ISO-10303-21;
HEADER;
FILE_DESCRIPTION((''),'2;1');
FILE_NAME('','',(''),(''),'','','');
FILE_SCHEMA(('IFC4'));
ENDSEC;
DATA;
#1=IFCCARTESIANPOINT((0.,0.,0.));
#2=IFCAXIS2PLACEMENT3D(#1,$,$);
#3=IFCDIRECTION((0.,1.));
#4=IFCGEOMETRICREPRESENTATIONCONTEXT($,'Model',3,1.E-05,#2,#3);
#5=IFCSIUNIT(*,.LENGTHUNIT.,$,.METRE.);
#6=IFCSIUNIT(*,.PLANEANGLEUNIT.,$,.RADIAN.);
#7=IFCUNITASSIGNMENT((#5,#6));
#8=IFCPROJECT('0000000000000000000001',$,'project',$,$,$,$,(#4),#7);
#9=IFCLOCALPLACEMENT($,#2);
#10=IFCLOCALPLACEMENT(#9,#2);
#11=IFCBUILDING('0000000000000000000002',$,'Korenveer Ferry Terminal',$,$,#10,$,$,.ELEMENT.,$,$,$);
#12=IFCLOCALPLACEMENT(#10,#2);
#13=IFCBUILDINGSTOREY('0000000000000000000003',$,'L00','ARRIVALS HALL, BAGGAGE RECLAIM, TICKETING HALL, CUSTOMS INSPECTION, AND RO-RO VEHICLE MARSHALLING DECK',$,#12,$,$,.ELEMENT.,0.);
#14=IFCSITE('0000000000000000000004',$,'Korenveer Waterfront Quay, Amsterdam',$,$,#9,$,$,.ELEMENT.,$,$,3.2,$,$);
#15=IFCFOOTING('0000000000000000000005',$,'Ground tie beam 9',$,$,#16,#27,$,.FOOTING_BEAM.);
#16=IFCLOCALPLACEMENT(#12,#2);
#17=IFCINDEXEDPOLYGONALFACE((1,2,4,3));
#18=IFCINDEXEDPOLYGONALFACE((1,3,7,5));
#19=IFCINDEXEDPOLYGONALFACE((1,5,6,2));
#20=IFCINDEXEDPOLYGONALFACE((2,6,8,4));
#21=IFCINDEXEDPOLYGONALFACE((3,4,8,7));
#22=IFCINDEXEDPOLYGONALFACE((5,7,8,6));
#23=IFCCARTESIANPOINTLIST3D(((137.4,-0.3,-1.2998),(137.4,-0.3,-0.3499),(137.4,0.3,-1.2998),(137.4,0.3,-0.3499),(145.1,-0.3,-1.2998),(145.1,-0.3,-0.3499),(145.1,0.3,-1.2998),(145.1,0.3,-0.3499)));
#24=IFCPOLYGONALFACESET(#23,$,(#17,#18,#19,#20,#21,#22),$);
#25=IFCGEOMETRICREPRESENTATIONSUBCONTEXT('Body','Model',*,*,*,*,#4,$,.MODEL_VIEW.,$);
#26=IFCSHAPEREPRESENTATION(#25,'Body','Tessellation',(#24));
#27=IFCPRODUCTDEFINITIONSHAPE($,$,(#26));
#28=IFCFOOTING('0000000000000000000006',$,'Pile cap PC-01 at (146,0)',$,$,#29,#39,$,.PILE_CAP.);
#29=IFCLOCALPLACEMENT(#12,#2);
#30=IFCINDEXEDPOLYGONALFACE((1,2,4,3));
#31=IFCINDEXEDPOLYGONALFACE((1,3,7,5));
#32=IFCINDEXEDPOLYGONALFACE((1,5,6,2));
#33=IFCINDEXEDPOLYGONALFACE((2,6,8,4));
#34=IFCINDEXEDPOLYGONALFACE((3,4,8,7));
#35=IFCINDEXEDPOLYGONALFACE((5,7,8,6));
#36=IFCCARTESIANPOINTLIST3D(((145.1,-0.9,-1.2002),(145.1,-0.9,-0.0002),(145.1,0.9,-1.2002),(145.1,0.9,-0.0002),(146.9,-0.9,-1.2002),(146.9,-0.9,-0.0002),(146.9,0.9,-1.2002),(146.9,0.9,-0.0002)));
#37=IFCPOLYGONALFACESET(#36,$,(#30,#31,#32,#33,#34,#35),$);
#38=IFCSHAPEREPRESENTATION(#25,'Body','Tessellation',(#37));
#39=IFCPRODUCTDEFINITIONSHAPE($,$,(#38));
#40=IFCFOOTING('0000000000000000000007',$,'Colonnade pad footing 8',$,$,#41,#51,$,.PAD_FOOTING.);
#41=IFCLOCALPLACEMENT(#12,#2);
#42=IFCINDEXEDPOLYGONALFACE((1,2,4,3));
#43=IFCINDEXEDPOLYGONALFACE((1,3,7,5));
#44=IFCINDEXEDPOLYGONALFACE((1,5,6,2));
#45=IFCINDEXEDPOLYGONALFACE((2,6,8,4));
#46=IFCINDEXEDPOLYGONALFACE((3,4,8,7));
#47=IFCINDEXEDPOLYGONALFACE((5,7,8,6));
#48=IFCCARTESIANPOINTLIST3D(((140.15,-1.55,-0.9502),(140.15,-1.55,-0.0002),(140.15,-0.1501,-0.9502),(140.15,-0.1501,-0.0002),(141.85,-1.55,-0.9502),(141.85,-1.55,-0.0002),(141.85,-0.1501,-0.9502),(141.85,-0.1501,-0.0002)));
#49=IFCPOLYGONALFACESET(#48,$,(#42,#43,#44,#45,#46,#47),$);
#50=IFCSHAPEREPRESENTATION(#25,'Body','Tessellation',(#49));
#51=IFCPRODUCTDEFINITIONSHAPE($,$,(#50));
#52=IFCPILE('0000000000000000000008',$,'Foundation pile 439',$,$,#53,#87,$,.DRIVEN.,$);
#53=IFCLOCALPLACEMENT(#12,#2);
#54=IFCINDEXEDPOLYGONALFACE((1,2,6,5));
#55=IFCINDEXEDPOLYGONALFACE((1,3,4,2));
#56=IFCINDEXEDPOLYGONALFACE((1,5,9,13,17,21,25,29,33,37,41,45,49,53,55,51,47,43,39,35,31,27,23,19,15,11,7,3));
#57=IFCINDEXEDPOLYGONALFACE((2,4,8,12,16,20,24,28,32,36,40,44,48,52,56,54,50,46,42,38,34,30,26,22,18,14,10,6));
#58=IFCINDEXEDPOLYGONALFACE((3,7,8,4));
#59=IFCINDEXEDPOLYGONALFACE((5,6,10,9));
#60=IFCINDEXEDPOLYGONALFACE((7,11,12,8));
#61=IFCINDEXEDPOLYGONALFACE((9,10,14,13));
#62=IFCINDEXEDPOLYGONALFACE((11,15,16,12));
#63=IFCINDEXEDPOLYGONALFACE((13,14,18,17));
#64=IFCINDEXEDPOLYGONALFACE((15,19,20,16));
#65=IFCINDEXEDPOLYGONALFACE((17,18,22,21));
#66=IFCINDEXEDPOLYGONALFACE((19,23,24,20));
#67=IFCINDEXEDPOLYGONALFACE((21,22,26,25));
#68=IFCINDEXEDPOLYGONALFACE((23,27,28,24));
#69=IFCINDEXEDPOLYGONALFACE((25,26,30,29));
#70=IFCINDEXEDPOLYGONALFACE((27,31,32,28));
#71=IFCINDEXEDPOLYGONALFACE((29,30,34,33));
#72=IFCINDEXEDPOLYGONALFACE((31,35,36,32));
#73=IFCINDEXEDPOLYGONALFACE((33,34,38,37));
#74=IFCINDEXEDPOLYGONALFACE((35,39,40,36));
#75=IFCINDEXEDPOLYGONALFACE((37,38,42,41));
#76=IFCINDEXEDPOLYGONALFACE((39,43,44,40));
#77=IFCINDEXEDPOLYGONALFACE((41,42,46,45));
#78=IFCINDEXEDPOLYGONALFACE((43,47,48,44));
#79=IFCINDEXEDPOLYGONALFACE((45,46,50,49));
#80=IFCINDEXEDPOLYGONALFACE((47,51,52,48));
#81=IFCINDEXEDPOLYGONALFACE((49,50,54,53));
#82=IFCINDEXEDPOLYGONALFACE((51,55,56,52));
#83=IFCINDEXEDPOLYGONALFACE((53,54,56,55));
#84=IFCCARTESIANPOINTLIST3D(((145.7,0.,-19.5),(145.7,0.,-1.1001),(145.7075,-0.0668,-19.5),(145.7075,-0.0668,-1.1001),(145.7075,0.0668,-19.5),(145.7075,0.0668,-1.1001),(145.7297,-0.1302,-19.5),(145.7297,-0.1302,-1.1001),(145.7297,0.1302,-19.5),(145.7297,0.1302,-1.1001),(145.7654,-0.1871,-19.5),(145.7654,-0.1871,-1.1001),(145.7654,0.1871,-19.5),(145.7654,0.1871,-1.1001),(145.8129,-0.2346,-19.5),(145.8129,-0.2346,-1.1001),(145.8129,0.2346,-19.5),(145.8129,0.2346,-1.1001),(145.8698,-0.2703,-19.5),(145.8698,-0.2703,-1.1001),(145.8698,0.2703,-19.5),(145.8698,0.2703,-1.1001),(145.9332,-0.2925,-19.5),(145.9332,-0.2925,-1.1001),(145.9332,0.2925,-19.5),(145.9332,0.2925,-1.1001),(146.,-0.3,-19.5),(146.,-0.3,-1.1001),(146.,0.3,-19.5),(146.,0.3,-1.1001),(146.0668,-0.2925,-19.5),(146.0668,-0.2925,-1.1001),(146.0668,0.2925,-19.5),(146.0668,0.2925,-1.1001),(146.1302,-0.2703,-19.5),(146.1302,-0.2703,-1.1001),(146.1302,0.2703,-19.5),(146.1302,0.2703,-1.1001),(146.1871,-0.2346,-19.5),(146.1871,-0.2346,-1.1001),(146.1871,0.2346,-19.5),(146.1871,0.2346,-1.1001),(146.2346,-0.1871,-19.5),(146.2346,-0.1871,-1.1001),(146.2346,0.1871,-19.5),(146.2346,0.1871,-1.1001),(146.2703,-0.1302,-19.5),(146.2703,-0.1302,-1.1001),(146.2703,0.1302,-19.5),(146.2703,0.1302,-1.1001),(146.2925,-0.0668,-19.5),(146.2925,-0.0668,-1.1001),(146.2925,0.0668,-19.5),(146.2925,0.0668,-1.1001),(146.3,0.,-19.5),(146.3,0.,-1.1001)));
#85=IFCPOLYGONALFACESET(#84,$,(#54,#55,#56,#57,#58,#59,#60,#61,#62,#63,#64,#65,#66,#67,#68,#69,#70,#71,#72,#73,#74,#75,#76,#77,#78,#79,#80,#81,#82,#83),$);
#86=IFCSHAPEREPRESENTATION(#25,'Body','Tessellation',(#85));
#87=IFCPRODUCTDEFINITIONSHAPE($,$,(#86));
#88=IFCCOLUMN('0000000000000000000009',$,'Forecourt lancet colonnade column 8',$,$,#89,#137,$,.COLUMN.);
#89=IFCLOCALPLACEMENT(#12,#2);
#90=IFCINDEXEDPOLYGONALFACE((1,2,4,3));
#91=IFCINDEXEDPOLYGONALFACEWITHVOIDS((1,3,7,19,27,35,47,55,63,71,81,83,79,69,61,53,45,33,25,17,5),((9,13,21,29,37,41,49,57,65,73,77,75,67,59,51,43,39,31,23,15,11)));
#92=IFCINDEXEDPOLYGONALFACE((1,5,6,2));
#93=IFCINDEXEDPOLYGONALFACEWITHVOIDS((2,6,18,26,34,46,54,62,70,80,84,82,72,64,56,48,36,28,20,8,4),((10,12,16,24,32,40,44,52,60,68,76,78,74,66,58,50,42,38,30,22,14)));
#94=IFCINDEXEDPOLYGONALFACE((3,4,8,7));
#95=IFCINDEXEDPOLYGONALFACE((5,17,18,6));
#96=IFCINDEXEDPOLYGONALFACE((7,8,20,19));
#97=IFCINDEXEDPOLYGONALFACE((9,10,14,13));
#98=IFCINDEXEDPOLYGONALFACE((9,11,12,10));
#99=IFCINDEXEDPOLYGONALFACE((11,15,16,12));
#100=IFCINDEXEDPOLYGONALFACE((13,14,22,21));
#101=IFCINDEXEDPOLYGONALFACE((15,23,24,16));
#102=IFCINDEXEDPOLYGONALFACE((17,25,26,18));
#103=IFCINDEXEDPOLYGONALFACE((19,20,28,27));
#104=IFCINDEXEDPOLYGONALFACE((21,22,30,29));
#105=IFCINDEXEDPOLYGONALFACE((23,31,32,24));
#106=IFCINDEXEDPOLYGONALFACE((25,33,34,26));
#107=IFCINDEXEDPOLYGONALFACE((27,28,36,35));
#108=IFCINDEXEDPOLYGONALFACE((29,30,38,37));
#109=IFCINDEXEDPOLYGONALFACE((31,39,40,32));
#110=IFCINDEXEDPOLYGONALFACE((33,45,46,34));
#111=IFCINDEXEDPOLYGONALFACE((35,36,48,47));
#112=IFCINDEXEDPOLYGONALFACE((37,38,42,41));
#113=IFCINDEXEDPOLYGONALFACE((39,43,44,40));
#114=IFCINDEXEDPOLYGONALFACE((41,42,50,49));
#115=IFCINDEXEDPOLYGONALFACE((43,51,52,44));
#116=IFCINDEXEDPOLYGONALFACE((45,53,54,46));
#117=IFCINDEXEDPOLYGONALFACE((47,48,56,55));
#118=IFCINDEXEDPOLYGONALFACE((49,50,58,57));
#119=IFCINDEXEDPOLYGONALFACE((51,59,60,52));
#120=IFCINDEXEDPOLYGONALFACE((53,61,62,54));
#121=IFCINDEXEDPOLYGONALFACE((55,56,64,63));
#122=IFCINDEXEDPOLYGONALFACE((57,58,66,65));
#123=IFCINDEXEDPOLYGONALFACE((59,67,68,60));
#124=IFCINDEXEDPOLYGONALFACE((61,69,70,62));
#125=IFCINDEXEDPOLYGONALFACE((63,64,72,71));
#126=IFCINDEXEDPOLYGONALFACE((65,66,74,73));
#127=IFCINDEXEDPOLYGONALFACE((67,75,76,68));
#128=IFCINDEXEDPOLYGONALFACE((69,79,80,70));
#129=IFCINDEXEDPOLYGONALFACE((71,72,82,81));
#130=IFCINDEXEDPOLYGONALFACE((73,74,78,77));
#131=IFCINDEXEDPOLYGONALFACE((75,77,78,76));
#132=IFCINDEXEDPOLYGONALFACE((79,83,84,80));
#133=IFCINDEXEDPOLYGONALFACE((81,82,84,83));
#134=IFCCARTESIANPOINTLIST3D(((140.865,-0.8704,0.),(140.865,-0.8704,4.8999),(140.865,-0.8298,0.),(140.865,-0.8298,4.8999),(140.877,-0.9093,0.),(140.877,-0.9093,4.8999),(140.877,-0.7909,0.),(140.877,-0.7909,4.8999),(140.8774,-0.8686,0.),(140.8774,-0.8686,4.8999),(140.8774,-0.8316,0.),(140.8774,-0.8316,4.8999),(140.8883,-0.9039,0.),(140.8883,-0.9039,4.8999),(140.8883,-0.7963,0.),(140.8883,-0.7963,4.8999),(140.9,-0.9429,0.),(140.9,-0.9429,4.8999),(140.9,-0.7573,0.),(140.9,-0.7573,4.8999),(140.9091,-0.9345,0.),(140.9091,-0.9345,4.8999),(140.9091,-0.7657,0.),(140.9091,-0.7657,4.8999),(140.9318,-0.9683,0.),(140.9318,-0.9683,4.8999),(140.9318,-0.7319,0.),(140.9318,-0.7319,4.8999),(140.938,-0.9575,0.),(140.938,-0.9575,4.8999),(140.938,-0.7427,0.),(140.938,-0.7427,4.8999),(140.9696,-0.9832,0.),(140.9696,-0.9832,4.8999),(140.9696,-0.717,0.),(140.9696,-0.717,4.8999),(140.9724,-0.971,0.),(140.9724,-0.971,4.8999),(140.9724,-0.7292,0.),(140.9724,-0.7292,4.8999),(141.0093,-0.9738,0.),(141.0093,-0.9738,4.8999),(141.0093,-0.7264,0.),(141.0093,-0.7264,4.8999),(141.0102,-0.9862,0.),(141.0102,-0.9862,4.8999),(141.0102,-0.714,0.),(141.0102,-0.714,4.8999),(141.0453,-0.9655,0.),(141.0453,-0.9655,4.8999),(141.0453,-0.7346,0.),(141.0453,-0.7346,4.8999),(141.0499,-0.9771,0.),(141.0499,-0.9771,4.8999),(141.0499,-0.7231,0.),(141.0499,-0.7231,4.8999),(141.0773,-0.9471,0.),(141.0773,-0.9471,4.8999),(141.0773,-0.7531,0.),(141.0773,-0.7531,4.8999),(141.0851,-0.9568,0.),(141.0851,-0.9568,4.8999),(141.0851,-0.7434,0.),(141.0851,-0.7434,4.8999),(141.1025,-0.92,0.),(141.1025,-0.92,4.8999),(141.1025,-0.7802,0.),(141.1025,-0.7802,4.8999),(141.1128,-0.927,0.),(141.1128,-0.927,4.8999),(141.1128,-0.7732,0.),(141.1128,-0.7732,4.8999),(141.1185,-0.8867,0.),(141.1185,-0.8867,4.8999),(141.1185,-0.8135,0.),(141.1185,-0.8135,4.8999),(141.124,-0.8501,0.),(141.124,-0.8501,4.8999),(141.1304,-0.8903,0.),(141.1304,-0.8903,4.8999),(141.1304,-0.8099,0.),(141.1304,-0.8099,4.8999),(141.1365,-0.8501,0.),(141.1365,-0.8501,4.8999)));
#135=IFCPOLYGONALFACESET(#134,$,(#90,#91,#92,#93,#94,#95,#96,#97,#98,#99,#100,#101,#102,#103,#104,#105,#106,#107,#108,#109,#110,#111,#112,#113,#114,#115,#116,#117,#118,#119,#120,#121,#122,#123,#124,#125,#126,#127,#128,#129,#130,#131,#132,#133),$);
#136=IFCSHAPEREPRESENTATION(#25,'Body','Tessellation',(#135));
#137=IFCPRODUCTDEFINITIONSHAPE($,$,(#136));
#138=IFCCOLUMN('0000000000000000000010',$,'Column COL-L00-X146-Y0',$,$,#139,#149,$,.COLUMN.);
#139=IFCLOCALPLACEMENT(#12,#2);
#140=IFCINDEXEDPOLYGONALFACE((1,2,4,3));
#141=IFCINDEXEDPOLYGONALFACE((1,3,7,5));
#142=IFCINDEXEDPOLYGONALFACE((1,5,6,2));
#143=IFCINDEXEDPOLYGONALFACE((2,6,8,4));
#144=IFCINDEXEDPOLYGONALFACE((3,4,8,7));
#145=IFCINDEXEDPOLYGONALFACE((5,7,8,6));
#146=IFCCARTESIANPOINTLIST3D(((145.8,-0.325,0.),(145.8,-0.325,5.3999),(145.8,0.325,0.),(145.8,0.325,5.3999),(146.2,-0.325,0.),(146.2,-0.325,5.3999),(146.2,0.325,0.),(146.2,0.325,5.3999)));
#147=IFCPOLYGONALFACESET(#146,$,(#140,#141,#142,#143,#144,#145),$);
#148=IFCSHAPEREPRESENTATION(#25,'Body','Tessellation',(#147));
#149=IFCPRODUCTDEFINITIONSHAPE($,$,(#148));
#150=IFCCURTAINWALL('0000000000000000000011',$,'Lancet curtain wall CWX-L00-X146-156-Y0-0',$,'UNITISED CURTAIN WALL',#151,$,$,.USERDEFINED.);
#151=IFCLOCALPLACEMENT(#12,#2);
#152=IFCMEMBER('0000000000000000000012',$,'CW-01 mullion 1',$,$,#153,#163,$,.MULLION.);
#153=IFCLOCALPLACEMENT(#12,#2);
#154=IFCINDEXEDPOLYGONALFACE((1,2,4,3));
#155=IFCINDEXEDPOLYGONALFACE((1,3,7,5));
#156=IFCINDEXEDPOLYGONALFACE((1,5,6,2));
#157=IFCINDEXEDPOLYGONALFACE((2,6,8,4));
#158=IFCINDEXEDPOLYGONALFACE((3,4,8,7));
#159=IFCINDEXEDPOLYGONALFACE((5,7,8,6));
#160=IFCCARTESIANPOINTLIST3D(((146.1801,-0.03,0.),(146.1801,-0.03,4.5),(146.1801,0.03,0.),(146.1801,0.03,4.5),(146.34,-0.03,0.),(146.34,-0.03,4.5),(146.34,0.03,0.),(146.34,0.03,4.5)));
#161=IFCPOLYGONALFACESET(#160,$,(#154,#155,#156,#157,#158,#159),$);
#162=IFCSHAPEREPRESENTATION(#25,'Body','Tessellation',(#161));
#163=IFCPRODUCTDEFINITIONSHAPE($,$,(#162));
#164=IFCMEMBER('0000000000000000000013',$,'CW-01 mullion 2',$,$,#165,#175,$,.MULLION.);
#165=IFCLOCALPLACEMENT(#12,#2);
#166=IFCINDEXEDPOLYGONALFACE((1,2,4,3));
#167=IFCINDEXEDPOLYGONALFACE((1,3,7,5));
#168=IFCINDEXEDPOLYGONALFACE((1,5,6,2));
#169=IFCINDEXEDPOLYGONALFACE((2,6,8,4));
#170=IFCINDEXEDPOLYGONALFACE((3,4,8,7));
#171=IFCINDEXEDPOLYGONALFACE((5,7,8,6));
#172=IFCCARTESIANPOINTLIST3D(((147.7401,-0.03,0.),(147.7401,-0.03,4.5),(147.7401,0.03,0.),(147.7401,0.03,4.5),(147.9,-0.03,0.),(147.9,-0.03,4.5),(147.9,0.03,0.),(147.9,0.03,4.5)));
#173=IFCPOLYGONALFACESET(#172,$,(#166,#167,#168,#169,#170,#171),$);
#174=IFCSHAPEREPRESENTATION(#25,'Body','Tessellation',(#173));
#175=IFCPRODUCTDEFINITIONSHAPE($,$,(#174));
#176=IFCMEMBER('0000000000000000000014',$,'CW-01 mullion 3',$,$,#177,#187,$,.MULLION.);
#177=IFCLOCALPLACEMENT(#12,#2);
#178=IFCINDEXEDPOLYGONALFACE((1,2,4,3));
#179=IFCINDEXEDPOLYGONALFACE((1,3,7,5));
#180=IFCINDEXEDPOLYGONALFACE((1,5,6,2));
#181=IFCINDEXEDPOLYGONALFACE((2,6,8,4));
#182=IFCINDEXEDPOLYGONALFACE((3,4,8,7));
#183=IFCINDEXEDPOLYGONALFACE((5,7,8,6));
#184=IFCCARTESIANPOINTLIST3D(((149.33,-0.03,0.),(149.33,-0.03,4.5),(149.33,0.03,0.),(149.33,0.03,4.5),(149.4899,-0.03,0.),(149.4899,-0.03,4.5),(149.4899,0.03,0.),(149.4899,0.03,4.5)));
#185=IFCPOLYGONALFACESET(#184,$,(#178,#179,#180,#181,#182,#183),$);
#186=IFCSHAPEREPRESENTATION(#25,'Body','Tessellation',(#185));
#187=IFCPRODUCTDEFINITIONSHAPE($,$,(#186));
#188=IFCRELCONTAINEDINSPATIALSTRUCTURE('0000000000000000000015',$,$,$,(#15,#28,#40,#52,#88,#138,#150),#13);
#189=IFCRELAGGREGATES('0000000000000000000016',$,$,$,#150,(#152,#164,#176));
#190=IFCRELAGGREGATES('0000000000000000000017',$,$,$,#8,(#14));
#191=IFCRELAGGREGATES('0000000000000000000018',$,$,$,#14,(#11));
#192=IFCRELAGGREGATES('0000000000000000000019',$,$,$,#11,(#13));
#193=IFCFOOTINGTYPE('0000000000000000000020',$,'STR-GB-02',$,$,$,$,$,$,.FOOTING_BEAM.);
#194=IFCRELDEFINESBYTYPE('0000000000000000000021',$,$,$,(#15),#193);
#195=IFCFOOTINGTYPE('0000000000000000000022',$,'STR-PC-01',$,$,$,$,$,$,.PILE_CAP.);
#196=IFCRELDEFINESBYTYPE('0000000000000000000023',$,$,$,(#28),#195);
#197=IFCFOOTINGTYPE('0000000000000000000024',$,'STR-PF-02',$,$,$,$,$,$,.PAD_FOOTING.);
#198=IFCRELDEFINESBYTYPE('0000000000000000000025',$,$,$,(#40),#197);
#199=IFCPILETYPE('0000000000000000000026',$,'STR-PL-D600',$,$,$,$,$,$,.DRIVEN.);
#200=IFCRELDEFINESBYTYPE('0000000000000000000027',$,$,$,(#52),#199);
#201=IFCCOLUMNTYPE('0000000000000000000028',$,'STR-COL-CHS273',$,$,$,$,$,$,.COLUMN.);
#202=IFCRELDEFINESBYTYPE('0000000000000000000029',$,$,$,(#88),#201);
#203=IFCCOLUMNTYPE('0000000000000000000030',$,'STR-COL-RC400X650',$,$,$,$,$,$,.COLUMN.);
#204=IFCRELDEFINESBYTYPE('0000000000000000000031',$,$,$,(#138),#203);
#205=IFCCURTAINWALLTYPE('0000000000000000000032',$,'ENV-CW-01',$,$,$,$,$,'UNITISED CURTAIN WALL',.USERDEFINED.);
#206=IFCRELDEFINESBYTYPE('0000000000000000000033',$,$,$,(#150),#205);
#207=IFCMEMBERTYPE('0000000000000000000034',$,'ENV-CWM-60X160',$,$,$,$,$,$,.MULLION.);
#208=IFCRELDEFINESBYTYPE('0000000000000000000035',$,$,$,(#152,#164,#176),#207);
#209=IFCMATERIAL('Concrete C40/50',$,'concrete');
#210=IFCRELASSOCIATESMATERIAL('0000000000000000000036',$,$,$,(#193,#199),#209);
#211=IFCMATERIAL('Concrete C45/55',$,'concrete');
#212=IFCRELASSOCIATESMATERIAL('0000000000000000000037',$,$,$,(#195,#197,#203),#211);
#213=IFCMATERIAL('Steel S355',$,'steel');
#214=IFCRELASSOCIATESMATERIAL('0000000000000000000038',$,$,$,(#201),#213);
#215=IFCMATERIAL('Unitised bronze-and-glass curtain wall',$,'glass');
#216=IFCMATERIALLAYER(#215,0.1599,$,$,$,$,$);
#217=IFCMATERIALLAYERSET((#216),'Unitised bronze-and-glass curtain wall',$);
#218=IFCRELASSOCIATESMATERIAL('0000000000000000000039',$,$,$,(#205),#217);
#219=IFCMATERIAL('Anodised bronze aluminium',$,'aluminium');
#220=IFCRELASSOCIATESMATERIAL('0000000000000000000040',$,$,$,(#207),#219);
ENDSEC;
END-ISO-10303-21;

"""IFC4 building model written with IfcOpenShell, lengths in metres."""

from ifc_helpers import new_model, si_unit, direction, frame, origin, origin_2d, place, context, subcontext, project, spatial, rectangle, circle, hollow_circle, extrude, material, layer, layer_set, material_profile, profile_set, type_object, element, aggregate, save


model = new_model("IFC4")

# Units and contexts
model_context = context("Model", 3, precision=1e-05, world=origin(), true_north=direction((0.0, 1.0)))
body_context = subcontext(model_context, "Body", "Model", "MODEL_VIEW")
ifc_project = project(units=[si_unit("LENGTHUNIT", "METRE"), si_unit("PLANEANGLEUNIT", "RADIAN")], contexts=[model_context])

# Site, building, storey
site_placement = place(None, origin())
site = spatial("IfcSite", under=ifc_project, at=site_placement, Name="Korenveer Waterfront Quay, Amsterdam", CompositionType="ELEMENT", RefElevation=3.2)
building_placement = place(site_placement, origin())
building = spatial("IfcBuilding", under=site, at=building_placement, Name="Korenveer Ferry Terminal", CompositionType="ELEMENT")
storey_placement = place(building_placement, origin())
storey = spatial("IfcBuildingStorey", under=building, at=storey_placement, Name="L00", Description="ARRIVALS HALL, BAGGAGE RECLAIM, TICKETING HALL, CUSTOMS INSPECTION, AND RO-RO VEHICLE MARSHALLING DECK", CompositionType="ELEMENT", Elevation=0.0)

# Footings
ifc_material_1 = material(Name="Concrete C40/50", Category="concrete")
footing_type_1 = type_object("IfcFootingType", Name="STR-GB-02", PredefinedType="FOOTING_BEAM", material=ifc_material_1)
footing_1_placement = place(storey_placement, frame((141.25, 0.0, -1.2998), z_axis=(0.0, 0.0, 1.0), x_axis=(1.0, 0.0, 0.0)))
element("IfcFooting", 1, at=footing_1_placement, inside=storey, type_object=footing_type_1, Name="Ground tie beam 9", PredefinedType="FOOTING_BEAM", context=body_context, shape_type="SweptSolid", body=[
    extrude(rectangle(XDim=7.7, YDim=0.6001, at=origin_2d()), origin(), (0.0, 0.0, 1.0), 0.95),
])
ifc_material_2 = material(Name="Concrete C45/55", Category="concrete")
footing_type_2 = type_object("IfcFootingType", Name="STR-PC-01", PredefinedType="PILE_CAP", material=ifc_material_2)
footing_2_placement = place(storey_placement, frame((146.0, 0.0, -1.2002), z_axis=(0.0, 0.0, 1.0), x_axis=(1.0, 0.0, 0.0)))
element("IfcFooting", 2, at=footing_2_placement, inside=storey, type_object=footing_type_2, Name="Pile cap PC-01 at (146,0)", PredefinedType="PILE_CAP", context=body_context, shape_type="SweptSolid", body=[
    extrude(rectangle(XDim=1.8, YDim=1.8, at=origin_2d()), origin(), (0.0, 0.0, 1.0), 1.2),
])
footing_type_3 = type_object("IfcFootingType", Name="STR-PF-02", PredefinedType="PAD_FOOTING", material=ifc_material_2)
footing_3_placement = place(storey_placement, frame((141.0, -0.8501, -0.9502), z_axis=(0.0, 0.0, 1.0), x_axis=(1.0, 0.0, 0.0)))
element("IfcFooting", 3, at=footing_3_placement, inside=storey, type_object=footing_type_3, Name="Colonnade pad footing 8", PredefinedType="PAD_FOOTING", context=body_context, shape_type="SweptSolid", body=[
    extrude(rectangle(XDim=1.7, YDim=1.3999, at=origin_2d()), origin(), (0.0, 0.0, 1.0), 0.95),
])

# Pile
ifc_material_profile_1 = material_profile(ifc_material_1, circle(Radius=0.3, at=origin_2d()), Name="PILE D600")
ifc_profile_set_1 = profile_set([ifc_material_profile_1], Name="Concrete C40/50")
pile_type = type_object("IfcPileType", Name="STR-PL-D600", PredefinedType="DRIVEN", material=ifc_profile_set_1)
pile_placement = place(storey_placement, frame((146.0, 0.0, -1.1001), z_axis=(0.0, 0.0, -1.0), x_axis=(1.0, 0.0, 0.0)))
element("IfcPile", 4, at=pile_placement, inside=storey, type_object=pile_type, Name="Foundation pile 439", PredefinedType="DRIVEN", context=body_context, shape_type="SweptSolid", body=[
    extrude(circle(Radius=0.3, at=origin_2d()), origin(), (0.0, 0.0, 1.0), 18.3999),
])

# Columns
ifc_material_3 = material(Name="Steel S355", Category="steel")
ifc_material_profile_2 = material_profile(ifc_material_3, hollow_circle(Radius=0.1365, WallThickness=0.0125, at=origin_2d()), Name="CHS 273x12.5")
ifc_profile_set_2 = profile_set([ifc_material_profile_2], Name="Steel S355")
column_type_1 = type_object("IfcColumnType", Name="STR-COL-CHS273", PredefinedType="COLUMN", material=ifc_profile_set_2)
column_1_placement = place(storey_placement, frame((141.0, -0.8501, 0.0), z_axis=(0.0, 0.0, 1.0), x_axis=(1.0, 0.0, 0.0)))
element("IfcColumn", 5, at=column_1_placement, inside=storey, type_object=column_type_1, Name="Forecourt lancet colonnade column 8", PredefinedType="COLUMN", context=body_context, shape_type="SweptSolid", body=[
    extrude(hollow_circle(Radius=0.1365, WallThickness=0.0125, at=origin_2d()), origin(), (0.0, 0.0, 1.0), 4.8999),
])
ifc_material_profile_3 = material_profile(ifc_material_2, rectangle(XDim=0.3999, YDim=0.6499, at=origin_2d()), Name="RC 400x650")
ifc_profile_set_3 = profile_set([ifc_material_profile_3], Name="Concrete C45/55")
column_type_2 = type_object("IfcColumnType", Name="STR-COL-RC400X650", PredefinedType="COLUMN", material=ifc_profile_set_3)
column_2_placement = place(storey_placement, frame((146.0, 0.0, 0.0), z_axis=(0.0, 0.0, 1.0), x_axis=(1.0, 0.0, 0.0)))
element("IfcColumn", 6, at=column_2_placement, inside=storey, type_object=column_type_2, Name="Column COL-L00-X146-Y0", PredefinedType="COLUMN", context=body_context, shape_type="SweptSolid", body=[
    extrude(rectangle(XDim=0.3999, YDim=0.6499, at=origin_2d()), origin(), (0.0, 0.0, 1.0), 5.3999),
])

# Curtain wall, members
ifc_material_4 = material(Name="Unitised bronze-and-glass curtain wall", Category="glass")
ifc_layer_1 = layer(ifc_material_4, 0.1599)
ifc_layer_set_1 = layer_set([ifc_layer_1], Name="Unitised bronze-and-glass curtain wall")
curtain_wall_type = type_object("IfcCurtainWallType", Name="ENV-CW-01", ElementType="UNITISED CURTAIN WALL", PredefinedType="USERDEFINED", material=ifc_layer_set_1)
curtain_wall_placement = place(storey_placement, frame((146.23, 0.0, 0.0)))
curtain_wall = element("IfcCurtainWall", 7, at=curtain_wall_placement, inside=storey, type_object=curtain_wall_type, Name="Lancet curtain wall CWX-L00-X146-156-Y0-0", ObjectType="UNITISED CURTAIN WALL", PredefinedType="USERDEFINED")
ifc_material_5 = material(Name="Anodised bronze aluminium", Category="aluminium")
ifc_material_profile_4 = material_profile(ifc_material_5, rectangle(XDim=0.0601, YDim=0.1599, at=origin_2d()), Name="ALU 60x160")
ifc_profile_set_4 = profile_set([ifc_material_profile_4], Name="Anodised bronze aluminium")
member_type_1 = type_object("IfcMemberType", Name="ENV-CWM-60X160", PredefinedType="MULLION", material=ifc_profile_set_4)
member_1_placement = place(storey_placement, frame((146.26, 0.0, 0.0), z_axis=(0.0, 0.0, 1.0), x_axis=(0.0, 1.0, 0.0)))
member_1 = element("IfcMember", 8, at=member_1_placement, type_object=member_type_1, Name="CW-01 mullion 1", PredefinedType="MULLION", context=body_context, shape_type="SweptSolid", body=[
    extrude(rectangle(XDim=0.0601, YDim=0.1599, at=origin_2d()), origin(), (0.0, 0.0, 1.0), 4.5),
])
member_2_placement = place(storey_placement, frame((147.8201, 0.0, 0.0), z_axis=(0.0, 0.0, 1.0), x_axis=(0.0, 1.0, 0.0)))
member_2 = element("IfcMember", 9, at=member_2_placement, type_object=member_type_1, Name="CW-01 mullion 2", PredefinedType="MULLION", context=body_context, shape_type="SweptSolid", body=[
    extrude(rectangle(XDim=0.0601, YDim=0.1599, at=origin_2d()), origin(), (0.0, 0.0, 1.0), 4.5),
])
member_3_placement = place(storey_placement, frame((149.4099, 0.0, 0.0), z_axis=(0.0, 0.0, 1.0), x_axis=(0.0, 1.0, 0.0)))
member_3 = element("IfcMember", 10, at=member_3_placement, type_object=member_type_1, Name="CW-01 mullion 3", PredefinedType="MULLION", context=body_context, shape_type="SweptSolid", body=[
    extrude(rectangle(XDim=0.0601, YDim=0.1599, at=origin_2d()), origin(), (0.0, 0.0, 1.0), 4.5),
])

aggregate(curtain_wall, [member_1, member_2, member_3])

save(model, "model.ifc")
